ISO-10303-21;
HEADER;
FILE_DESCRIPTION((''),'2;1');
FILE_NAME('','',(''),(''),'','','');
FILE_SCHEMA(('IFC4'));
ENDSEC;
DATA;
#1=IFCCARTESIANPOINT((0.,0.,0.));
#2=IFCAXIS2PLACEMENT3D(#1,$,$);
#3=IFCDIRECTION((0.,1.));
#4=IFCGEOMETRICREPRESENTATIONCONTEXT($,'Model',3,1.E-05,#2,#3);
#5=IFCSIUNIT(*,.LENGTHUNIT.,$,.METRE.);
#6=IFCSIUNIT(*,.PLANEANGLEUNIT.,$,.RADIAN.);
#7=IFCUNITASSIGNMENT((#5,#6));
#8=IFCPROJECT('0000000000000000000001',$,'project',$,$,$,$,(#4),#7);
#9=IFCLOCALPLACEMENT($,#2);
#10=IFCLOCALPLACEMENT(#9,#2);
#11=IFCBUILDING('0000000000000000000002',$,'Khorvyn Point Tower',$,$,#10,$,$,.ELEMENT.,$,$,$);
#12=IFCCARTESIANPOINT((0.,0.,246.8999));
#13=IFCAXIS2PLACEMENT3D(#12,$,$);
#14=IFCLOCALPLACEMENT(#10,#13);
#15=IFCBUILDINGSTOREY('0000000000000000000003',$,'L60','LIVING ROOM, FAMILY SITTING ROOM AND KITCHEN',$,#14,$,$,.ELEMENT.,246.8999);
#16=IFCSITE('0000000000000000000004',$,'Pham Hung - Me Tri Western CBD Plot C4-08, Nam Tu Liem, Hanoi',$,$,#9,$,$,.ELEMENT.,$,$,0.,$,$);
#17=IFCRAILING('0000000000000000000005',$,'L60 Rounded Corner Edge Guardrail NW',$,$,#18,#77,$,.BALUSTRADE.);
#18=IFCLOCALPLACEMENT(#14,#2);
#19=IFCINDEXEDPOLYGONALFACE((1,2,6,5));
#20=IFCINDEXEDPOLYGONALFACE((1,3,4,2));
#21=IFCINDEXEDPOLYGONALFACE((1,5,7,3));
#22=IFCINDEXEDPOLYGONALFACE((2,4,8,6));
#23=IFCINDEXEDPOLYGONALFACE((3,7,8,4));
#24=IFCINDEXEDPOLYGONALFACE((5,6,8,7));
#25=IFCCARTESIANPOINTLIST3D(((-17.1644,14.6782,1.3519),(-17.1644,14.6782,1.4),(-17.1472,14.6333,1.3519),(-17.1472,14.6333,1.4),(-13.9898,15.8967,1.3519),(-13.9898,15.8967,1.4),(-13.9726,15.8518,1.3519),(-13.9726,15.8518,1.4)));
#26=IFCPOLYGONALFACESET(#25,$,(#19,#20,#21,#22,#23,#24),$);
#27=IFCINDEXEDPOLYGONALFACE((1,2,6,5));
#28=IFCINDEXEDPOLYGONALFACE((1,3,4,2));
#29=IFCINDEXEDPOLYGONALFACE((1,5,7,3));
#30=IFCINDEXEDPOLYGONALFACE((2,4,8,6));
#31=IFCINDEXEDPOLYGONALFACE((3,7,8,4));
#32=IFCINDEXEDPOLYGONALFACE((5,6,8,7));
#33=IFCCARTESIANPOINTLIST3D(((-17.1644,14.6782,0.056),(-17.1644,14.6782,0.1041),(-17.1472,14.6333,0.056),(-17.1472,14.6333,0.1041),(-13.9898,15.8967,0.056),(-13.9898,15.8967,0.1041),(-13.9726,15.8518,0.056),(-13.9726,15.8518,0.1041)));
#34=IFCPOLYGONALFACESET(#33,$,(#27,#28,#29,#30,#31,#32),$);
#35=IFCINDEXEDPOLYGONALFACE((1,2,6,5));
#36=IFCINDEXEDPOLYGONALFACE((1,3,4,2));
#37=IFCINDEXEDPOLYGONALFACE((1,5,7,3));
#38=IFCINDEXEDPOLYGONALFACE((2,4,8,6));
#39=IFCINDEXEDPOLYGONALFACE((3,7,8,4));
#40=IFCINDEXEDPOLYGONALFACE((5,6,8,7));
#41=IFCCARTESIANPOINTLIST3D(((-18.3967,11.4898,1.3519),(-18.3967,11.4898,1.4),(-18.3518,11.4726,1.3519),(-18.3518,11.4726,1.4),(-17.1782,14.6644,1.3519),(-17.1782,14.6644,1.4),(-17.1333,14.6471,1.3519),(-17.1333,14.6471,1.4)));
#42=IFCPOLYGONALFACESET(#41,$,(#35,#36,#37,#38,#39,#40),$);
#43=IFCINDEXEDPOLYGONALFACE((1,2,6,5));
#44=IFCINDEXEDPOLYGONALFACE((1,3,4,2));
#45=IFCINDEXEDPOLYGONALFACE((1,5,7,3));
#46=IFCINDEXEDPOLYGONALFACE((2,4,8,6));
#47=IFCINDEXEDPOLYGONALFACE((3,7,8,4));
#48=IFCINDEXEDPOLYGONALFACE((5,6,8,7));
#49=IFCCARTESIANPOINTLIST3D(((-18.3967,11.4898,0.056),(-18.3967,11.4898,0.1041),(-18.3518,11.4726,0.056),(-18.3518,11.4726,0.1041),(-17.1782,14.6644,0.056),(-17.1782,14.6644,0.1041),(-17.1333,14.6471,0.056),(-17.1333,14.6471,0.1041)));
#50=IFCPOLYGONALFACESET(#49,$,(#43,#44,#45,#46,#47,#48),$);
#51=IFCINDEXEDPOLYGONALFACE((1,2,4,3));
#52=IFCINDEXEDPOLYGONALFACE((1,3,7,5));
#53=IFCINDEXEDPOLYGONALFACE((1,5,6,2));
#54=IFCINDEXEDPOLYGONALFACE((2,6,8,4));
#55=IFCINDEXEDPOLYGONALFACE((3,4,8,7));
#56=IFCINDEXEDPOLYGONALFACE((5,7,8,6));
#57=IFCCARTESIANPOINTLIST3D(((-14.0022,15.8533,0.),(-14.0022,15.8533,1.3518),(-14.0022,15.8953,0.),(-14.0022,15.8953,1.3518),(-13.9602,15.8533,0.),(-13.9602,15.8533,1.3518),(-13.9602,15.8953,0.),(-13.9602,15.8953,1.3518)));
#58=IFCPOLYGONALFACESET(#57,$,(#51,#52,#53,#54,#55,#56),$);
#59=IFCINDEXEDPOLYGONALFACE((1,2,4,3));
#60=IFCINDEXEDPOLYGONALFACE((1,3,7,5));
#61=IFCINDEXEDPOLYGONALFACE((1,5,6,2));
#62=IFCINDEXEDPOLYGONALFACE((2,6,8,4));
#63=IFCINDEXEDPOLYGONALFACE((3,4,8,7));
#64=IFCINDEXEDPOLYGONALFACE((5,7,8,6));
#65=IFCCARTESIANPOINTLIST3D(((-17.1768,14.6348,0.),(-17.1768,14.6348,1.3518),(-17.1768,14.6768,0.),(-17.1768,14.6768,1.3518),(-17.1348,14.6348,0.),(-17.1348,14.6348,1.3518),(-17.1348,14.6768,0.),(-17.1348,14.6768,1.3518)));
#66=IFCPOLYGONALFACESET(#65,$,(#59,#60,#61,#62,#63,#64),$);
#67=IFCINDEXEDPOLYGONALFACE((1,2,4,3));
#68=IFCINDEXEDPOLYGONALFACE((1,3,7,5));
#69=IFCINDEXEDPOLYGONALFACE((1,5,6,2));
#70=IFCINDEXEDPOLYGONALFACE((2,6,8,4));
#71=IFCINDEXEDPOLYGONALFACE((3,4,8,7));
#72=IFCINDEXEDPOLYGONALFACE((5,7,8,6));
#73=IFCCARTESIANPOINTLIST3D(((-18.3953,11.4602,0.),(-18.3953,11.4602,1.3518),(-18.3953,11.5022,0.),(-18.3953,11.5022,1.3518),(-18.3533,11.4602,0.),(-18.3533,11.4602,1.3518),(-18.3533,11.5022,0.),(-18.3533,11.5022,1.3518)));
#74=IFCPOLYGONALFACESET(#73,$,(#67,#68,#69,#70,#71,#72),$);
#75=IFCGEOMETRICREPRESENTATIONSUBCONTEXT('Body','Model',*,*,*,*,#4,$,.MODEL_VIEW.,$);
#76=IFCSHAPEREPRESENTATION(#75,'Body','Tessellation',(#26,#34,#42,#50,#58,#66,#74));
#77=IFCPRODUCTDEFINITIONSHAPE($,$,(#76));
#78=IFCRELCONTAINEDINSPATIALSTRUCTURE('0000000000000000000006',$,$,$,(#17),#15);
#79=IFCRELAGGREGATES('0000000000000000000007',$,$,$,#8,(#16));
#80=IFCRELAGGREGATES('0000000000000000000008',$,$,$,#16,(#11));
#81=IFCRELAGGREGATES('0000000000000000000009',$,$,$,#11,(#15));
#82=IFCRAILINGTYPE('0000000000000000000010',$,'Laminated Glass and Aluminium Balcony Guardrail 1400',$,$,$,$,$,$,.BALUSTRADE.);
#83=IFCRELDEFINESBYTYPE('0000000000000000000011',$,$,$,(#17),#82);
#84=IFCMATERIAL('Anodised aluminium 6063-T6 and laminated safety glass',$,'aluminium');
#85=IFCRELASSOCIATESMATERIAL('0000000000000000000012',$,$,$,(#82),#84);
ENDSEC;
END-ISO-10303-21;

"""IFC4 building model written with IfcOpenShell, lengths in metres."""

from ifc_helpers import new_model, si_unit, direction, frame, origin, origin_2d, place, context, subcontext, project, spatial, rectangle, extrude, material, type_object, element, save


model = new_model("IFC4")

# Units and contexts
model_context = context("Model", 3, precision=1e-05, world=origin(), true_north=direction((0.0, 1.0)))
body_context = subcontext(model_context, "Body", "Model", "MODEL_VIEW")
ifc_project = project(units=[si_unit("LENGTHUNIT", "METRE"), si_unit("PLANEANGLEUNIT", "RADIAN")], contexts=[model_context])

# Site, building, storey
site_placement = place(None, origin())
site = spatial("IfcSite", under=ifc_project, at=site_placement, Name="Pham Hung - Me Tri Western CBD Plot C4-08, Nam Tu Liem, Hanoi", CompositionType="ELEMENT", RefElevation=0.0)
building_placement = place(site_placement, origin())
building = spatial("IfcBuilding", under=site, at=building_placement, Name="Khorvyn Point Tower", CompositionType="ELEMENT")
storey_placement = place(building_placement, frame((0.0, 0.0, 246.8999)))
storey = spatial("IfcBuildingStorey", under=building, at=storey_placement, Name="L60", Description="LIVING ROOM, FAMILY SITTING ROOM AND KITCHEN", CompositionType="ELEMENT", Elevation=246.8999)

# Railing
ifc_material_1 = material(Name="Anodised aluminium 6063-T6 and laminated safety glass", Category="aluminium")
railing_type = type_object("IfcRailingType", Name="Laminated Glass and Aluminium Balcony Guardrail 1400", PredefinedType="BALUSTRADE", material=ifc_material_1)
railing_1_placement = place(storey_placement, frame((-13.9812, 15.8743, 0.0)))
element("IfcRailing", 1, at=railing_1_placement, inside=storey, type_object=railing_type, Name="L60 Rounded Corner Edge Guardrail NW", PredefinedType="BALUSTRADE", context=body_context, shape_type="SweptSolid", body=[
    extrude(rectangle(XDim=0.0481, YDim=0.0481, at=origin_2d()), frame((0.0, 0.0, 1.376), z_axis=(-0.93359, -0.358344, 0.0), x_axis=(0.358344, -0.93359, 0.0)), (0.0, 0.0, 1.0), 3.4004),
    extrude(rectangle(XDim=0.0481, YDim=0.0481, at=origin_2d()), frame((0.0, 0.0, 0.0801), z_axis=(-0.93359, -0.358344, 0.0), x_axis=(0.358344, -0.93359, 0.0)), (0.0, 0.0, 1.0), 3.4004),
    extrude(rectangle(XDim=0.0481, YDim=0.0481, at=origin_2d()), frame((-3.1746, -1.2185, 1.376), z_axis=(-0.358344, -0.93359, 0.0), x_axis=(0.93359, -0.358344, 0.0)), (0.0, 0.0, 1.0), 3.4004),
    extrude(rectangle(XDim=0.0481, YDim=0.0481, at=origin_2d()), frame((-3.1746, -1.2185, 0.0801), z_axis=(-0.358344, -0.93359, 0.0), x_axis=(0.93359, -0.358344, 0.0)), (0.0, 0.0, 1.0), 3.4004),
    extrude(rectangle(XDim=0.042, YDim=0.042, at=origin_2d()), origin(), (0.0, 0.0, 1.0), 1.3518),
    extrude(rectangle(XDim=0.042, YDim=0.042, at=origin_2d()), frame((-3.1746, -1.2185, 0.0)), (0.0, 0.0, 1.0), 1.3518),
    extrude(rectangle(XDim=0.042, YDim=0.042, at=origin_2d()), frame((-4.3931, -4.3931, 0.0)), (0.0, 0.0, 1.0), 1.3518),
])

save(model, "model.ifc")
